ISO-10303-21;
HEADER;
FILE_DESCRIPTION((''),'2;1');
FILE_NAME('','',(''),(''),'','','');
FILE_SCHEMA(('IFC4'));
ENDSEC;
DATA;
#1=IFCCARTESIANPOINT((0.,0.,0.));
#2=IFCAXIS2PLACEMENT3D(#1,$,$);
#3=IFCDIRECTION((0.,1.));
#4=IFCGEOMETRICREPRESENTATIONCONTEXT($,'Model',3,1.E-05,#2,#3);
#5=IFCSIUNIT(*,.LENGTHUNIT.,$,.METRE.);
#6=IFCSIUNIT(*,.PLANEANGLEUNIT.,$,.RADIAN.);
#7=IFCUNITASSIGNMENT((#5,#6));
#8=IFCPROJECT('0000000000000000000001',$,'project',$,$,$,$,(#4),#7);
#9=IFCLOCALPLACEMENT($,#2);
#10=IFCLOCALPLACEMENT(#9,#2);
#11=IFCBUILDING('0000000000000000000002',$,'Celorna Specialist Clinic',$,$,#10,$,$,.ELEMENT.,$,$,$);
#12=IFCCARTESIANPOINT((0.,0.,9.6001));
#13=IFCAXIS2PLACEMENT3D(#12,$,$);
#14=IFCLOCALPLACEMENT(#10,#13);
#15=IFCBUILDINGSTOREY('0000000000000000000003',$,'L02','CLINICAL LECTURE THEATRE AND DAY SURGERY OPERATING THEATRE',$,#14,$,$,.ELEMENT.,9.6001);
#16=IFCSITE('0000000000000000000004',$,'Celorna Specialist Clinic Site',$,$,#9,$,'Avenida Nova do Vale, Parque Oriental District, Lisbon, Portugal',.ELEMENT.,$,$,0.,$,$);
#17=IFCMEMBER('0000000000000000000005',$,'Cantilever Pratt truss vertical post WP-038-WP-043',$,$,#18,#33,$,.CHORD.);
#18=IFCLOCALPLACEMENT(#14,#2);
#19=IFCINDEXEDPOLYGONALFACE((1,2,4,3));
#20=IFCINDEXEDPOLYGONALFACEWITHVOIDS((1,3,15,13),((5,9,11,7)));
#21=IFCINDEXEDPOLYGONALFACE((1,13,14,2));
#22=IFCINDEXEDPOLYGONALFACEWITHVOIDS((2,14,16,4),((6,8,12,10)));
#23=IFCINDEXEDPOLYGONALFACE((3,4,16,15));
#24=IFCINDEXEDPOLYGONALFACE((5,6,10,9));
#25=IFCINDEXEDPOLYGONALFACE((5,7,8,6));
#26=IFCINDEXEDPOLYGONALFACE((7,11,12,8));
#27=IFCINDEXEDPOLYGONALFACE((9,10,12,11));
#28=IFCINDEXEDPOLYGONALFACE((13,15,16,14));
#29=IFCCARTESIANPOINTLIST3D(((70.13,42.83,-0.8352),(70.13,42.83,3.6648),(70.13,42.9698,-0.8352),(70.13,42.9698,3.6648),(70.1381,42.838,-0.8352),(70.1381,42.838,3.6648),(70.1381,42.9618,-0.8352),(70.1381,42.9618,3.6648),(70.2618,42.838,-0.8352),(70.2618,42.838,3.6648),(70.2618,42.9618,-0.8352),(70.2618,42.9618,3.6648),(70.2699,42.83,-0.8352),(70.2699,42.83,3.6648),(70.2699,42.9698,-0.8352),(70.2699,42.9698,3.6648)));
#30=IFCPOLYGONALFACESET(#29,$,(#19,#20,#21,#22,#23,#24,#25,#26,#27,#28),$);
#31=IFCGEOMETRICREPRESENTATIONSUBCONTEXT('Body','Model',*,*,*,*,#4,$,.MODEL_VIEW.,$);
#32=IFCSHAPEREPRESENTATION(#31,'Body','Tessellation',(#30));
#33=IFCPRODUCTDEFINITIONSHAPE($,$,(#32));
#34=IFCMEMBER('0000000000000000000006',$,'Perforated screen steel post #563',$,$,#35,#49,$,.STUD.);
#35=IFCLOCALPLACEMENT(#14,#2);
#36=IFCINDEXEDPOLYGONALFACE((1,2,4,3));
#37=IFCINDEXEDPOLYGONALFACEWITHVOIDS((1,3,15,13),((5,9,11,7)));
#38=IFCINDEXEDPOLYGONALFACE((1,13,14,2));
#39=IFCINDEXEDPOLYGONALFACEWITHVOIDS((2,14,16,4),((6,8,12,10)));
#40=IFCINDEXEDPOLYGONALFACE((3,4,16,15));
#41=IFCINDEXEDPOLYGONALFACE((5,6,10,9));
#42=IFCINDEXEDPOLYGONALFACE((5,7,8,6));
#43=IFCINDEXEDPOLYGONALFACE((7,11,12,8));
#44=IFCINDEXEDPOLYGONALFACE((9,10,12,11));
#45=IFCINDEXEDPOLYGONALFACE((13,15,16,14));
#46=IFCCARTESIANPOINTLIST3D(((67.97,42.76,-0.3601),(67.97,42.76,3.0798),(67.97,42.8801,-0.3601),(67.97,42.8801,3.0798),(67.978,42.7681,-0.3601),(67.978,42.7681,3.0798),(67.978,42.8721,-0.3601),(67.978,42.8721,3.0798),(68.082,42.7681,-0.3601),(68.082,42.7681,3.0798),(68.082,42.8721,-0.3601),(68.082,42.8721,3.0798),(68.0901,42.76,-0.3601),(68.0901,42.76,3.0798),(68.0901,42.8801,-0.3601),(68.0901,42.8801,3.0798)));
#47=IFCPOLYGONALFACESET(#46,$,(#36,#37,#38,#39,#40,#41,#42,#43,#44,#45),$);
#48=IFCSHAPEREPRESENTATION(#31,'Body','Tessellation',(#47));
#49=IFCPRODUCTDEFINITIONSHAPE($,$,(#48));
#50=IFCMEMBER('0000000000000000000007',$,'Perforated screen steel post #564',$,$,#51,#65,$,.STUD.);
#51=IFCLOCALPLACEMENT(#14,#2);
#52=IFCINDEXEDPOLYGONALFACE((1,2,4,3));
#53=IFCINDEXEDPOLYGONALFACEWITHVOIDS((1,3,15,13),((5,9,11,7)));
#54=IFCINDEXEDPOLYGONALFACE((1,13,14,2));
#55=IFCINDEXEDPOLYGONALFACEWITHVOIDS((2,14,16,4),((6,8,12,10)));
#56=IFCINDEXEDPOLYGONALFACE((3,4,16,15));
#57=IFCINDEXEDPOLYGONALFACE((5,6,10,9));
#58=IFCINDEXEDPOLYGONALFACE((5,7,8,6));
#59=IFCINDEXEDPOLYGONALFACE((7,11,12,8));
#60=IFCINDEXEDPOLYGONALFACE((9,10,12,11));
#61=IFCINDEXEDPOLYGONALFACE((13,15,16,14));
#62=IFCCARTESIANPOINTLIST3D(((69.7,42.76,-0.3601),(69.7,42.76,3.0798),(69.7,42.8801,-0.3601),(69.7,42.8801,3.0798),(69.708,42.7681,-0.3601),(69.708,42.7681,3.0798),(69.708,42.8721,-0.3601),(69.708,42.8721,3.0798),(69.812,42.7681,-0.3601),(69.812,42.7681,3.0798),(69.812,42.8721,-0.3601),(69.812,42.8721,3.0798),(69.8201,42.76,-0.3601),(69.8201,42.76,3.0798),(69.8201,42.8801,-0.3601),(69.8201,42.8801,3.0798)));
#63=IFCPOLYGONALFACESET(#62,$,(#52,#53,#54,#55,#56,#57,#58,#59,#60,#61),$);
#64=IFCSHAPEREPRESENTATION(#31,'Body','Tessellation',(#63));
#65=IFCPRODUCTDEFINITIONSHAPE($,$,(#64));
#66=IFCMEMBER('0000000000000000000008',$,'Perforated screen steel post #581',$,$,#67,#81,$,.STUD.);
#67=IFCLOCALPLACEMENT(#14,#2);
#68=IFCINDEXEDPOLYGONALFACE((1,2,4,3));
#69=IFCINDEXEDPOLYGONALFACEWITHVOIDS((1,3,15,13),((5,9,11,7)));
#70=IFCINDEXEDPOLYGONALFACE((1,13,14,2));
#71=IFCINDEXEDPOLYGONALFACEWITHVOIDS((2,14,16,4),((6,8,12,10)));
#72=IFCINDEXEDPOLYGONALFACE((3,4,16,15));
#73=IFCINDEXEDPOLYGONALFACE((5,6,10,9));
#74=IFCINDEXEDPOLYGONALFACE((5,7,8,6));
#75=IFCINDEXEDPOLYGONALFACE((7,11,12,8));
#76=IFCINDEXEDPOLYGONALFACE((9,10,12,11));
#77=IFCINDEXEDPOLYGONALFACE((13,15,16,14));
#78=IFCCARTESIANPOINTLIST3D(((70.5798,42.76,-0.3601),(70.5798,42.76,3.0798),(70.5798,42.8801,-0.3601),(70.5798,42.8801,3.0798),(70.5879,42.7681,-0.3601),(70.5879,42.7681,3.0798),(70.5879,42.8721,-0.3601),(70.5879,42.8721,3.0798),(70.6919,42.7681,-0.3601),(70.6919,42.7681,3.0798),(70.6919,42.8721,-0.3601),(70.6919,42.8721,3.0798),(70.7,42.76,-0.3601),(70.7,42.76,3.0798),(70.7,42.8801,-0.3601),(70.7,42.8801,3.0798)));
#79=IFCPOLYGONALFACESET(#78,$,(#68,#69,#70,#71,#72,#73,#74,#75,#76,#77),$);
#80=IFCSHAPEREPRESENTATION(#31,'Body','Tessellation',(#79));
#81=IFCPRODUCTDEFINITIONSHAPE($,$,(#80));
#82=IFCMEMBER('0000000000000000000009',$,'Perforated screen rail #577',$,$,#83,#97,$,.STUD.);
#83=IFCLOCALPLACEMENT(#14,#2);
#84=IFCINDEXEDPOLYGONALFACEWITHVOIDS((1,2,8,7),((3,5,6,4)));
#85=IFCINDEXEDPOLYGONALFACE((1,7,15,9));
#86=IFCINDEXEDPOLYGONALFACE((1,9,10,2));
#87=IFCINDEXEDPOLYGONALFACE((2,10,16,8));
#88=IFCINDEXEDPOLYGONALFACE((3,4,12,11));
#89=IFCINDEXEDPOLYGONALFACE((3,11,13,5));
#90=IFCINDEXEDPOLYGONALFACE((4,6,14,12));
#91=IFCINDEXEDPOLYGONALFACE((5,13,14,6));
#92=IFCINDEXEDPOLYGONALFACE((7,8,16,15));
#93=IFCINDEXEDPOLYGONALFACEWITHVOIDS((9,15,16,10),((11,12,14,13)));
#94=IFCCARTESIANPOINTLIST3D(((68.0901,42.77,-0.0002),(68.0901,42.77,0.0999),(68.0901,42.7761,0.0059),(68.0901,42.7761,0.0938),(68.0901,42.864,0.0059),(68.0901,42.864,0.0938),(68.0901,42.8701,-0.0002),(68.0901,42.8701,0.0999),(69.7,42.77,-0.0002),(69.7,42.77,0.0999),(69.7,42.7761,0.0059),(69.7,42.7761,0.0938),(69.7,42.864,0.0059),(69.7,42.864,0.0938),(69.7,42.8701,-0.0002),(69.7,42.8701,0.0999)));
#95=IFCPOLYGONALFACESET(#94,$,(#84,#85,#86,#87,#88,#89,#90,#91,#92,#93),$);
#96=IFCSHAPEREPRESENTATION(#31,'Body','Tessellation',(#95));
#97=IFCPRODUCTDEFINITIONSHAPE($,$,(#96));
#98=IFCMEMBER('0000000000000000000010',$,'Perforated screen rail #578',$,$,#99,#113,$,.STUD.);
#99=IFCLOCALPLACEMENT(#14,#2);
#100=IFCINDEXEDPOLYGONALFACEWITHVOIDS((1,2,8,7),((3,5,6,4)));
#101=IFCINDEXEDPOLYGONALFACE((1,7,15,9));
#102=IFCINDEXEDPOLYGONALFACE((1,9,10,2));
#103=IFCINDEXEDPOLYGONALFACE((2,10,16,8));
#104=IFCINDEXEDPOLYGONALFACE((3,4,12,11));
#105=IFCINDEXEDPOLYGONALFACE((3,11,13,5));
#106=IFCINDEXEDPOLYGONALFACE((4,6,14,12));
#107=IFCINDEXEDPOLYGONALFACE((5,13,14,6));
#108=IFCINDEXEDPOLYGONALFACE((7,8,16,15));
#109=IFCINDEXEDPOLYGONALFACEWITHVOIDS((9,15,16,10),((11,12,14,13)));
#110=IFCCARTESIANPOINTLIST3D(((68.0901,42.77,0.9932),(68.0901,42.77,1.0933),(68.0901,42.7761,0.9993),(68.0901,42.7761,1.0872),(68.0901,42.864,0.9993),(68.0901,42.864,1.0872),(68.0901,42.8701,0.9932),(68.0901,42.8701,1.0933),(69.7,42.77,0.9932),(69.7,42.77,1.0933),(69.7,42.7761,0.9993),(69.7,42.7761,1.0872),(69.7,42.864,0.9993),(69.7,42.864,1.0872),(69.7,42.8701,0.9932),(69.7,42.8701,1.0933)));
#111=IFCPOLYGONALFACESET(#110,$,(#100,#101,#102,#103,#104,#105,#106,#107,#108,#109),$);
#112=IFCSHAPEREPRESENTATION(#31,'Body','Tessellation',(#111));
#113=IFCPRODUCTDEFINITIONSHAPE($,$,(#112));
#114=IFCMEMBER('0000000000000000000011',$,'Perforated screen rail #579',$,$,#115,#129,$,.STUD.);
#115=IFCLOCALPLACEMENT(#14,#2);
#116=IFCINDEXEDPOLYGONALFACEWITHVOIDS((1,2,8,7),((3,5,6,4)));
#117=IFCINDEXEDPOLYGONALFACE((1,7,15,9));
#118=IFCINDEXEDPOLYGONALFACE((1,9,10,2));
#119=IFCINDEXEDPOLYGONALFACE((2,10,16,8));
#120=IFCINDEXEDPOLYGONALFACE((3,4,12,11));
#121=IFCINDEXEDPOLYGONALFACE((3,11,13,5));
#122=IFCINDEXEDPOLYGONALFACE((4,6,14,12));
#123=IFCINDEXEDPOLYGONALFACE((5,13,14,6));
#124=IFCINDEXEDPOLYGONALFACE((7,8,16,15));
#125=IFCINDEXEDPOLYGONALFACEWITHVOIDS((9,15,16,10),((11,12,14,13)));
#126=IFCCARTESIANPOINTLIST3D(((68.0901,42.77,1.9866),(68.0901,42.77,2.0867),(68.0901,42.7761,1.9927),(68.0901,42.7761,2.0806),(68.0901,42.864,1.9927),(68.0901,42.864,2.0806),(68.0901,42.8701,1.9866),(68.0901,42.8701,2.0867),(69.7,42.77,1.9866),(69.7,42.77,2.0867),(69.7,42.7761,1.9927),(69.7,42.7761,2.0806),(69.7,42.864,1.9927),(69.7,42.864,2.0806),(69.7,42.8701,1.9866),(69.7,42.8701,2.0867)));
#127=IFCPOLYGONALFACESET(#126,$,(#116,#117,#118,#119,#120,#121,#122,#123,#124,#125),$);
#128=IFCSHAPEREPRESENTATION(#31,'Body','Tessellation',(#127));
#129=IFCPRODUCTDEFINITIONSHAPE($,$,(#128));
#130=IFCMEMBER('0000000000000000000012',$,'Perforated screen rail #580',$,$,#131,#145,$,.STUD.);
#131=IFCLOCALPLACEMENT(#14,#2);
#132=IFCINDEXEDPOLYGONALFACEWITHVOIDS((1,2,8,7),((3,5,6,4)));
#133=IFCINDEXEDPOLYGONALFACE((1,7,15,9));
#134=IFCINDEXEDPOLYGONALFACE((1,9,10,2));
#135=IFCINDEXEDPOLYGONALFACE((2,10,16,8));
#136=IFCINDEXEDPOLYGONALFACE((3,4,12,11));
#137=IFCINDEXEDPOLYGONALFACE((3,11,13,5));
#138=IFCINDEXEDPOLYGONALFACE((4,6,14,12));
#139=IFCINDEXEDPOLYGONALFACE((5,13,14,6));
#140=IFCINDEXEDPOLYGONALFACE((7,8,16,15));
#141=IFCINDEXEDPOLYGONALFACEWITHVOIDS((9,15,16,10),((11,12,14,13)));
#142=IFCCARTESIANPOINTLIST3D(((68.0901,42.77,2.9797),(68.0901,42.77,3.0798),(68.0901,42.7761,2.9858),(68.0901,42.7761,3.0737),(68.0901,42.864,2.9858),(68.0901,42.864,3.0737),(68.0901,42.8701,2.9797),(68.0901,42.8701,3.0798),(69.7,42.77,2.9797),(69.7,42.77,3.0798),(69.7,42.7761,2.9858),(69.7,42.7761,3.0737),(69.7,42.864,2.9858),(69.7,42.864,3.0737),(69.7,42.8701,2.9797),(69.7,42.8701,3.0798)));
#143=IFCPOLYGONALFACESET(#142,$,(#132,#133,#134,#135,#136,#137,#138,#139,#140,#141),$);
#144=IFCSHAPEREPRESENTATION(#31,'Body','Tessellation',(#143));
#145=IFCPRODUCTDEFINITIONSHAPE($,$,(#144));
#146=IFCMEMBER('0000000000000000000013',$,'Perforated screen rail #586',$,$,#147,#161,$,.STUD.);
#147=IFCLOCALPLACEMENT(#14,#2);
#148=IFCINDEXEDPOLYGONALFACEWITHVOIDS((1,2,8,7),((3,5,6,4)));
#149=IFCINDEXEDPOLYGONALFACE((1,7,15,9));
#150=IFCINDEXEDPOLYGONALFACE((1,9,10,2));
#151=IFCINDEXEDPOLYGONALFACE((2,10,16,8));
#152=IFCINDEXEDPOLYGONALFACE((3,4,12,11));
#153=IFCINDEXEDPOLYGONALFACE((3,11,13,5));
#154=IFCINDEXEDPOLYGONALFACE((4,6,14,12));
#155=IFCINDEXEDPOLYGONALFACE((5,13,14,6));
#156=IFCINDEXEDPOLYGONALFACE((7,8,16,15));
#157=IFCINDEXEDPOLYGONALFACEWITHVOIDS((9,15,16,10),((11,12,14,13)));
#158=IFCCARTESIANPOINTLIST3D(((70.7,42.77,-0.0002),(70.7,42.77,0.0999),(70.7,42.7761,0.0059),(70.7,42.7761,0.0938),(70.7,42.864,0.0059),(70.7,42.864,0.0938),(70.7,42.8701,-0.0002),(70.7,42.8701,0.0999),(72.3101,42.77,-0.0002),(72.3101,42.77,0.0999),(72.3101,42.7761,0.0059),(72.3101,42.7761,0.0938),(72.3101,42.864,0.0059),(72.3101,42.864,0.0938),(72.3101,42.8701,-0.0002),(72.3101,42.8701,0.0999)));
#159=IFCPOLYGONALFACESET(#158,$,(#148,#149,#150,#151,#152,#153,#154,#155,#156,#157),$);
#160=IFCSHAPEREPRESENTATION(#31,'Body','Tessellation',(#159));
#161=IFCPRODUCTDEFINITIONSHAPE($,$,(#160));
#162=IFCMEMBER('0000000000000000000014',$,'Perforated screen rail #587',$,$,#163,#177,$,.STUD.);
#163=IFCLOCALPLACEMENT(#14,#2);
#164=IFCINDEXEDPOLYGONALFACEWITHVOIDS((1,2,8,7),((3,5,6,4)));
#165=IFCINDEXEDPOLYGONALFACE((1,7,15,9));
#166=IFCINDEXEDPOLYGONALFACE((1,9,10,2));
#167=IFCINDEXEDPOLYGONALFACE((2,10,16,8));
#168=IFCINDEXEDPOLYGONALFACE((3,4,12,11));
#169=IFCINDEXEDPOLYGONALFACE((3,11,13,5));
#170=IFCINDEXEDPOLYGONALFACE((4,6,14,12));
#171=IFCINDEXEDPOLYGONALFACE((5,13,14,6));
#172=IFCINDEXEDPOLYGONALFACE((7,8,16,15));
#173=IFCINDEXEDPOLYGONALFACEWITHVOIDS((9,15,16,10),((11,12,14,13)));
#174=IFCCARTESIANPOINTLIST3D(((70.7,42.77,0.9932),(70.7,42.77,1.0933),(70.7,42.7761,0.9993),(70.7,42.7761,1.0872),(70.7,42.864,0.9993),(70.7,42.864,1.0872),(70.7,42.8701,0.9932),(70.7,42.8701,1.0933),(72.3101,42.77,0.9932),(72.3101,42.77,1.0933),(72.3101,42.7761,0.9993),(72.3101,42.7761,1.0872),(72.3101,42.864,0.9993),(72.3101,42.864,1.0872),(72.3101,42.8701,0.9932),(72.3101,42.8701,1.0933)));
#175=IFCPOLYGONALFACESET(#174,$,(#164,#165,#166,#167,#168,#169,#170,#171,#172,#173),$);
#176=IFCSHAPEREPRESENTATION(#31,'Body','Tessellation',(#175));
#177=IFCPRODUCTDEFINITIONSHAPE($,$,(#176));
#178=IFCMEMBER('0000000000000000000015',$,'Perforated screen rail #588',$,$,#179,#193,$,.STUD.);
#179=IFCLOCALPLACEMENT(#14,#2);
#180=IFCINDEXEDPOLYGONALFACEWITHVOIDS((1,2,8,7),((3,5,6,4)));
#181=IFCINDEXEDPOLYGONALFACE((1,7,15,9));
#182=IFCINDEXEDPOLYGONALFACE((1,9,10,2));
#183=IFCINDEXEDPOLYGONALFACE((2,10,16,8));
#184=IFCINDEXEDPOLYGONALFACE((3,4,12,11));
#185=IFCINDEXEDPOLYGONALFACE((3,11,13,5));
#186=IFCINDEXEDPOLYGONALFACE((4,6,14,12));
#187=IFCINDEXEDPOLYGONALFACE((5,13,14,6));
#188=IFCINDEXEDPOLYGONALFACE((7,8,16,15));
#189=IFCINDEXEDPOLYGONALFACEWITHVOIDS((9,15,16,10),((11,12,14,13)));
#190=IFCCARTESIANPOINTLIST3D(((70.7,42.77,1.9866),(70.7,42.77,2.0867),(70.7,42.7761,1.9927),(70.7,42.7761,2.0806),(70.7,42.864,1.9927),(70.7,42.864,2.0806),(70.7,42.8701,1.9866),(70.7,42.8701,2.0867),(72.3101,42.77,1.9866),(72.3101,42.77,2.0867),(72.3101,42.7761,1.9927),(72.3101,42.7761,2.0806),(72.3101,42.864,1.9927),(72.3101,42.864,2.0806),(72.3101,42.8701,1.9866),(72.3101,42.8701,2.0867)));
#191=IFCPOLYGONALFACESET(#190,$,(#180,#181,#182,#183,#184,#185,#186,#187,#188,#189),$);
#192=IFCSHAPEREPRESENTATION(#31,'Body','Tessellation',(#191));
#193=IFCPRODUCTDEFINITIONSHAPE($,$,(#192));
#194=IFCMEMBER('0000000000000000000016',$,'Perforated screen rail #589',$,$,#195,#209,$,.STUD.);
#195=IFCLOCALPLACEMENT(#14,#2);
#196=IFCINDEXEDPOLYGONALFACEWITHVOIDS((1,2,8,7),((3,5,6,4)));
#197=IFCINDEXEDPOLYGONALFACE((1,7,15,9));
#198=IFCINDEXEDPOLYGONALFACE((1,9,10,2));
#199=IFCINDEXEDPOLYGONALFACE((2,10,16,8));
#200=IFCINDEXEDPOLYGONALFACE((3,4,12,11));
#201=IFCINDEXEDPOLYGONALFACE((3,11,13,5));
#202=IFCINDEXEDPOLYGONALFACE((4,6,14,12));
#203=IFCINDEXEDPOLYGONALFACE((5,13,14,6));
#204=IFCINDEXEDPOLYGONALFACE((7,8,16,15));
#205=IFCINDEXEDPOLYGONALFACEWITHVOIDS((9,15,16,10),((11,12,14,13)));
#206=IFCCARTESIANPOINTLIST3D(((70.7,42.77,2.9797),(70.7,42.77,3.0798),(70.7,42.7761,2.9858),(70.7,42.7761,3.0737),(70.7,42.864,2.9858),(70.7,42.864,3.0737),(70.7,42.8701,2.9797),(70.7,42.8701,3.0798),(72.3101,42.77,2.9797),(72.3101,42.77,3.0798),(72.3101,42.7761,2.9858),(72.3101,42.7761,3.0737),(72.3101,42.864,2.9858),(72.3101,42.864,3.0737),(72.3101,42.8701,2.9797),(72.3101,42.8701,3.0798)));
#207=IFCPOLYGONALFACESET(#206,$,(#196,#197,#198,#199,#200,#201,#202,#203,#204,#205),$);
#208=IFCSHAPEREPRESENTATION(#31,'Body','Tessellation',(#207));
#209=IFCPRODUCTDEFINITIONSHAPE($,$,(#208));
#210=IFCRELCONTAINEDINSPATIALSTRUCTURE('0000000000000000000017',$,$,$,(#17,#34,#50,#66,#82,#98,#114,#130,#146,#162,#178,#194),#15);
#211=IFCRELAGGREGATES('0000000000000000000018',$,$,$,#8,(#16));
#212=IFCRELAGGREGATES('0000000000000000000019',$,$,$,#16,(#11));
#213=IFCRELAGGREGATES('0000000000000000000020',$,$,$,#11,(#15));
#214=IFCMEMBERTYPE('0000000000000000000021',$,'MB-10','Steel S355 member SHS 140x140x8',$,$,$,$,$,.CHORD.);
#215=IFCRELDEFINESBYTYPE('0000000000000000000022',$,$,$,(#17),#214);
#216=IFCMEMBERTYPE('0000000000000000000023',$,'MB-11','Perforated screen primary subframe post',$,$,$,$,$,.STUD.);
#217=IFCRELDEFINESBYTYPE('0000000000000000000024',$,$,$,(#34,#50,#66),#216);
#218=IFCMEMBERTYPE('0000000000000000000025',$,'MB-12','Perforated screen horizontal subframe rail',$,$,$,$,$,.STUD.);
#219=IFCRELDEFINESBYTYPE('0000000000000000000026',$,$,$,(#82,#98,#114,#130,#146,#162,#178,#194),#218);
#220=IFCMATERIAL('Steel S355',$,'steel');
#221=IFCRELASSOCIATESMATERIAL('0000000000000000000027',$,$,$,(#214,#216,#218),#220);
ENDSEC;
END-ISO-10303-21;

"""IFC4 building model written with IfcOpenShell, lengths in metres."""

from ifc_helpers import new_model, si_unit, direction, frame, origin, origin_2d, place, context, subcontext, project, spatial, hollow_rectangle, extrude, material, material_profile, profile_set, type_object, element, save


model = new_model("IFC4")

# Units and contexts
model_context = context("Model", 3, precision=1e-05, world=origin(), true_north=direction((0.0, 1.0)))
body_context = subcontext(model_context, "Body", "Model", "MODEL_VIEW")
ifc_project = project(units=[si_unit("LENGTHUNIT", "METRE"), si_unit("PLANEANGLEUNIT", "RADIAN")], contexts=[model_context])

# Site, building, storey
site_placement = place(None, origin())
site = spatial("IfcSite", under=ifc_project, at=site_placement, Name="Celorna Specialist Clinic Site", LongName="Avenida Nova do Vale, Parque Oriental District, Lisbon, Portugal", CompositionType="ELEMENT", RefElevation=0.0)
building_placement = place(site_placement, origin())
building = spatial("IfcBuilding", under=site, at=building_placement, Name="Celorna Specialist Clinic", CompositionType="ELEMENT")
storey_placement = place(building_placement, frame((0.0, 0.0, 9.6001)))
storey = spatial("IfcBuildingStorey", under=building, at=storey_placement, Name="L02", Description="CLINICAL LECTURE THEATRE AND DAY SURGERY OPERATING THEATRE", CompositionType="ELEMENT", Elevation=9.6001)

# Shared definitions
ifc_material_1 = material(Name="Steel S355", Category="steel")

# Members
ifc_material_profile_1 = material_profile(ifc_material_1, hollow_rectangle(XDim=0.1399, YDim=0.1399, WallThickness=0.0081, at=origin_2d()), Name="SHS 140x140x8")
ifc_profile_set_1 = profile_set([ifc_material_profile_1], Name="Steel S355")
member_type_1 = type_object("IfcMemberType", Name="MB-10", Description="Steel S355 member SHS 140x140x8", PredefinedType="CHORD", material=ifc_profile_set_1)
member_1_placement = place(storey_placement, frame((70.2, 42.8999, -0.8352), z_axis=(0.0, 0.0, 1.0), x_axis=(1.0, 0.0, 0.0)))
element("IfcMember", 1, at=member_1_placement, inside=storey, type_object=member_type_1, Name="Cantilever Pratt truss vertical post WP-038-WP-043", PredefinedType="CHORD", context=body_context, shape_type="SweptSolid", body=[
    extrude(hollow_rectangle(XDim=0.1399, YDim=0.1399, WallThickness=0.0081, at=origin_2d()), origin(), (0.0, 0.0, 1.0), 4.5),
])
ifc_material_profile_2 = material_profile(ifc_material_1, hollow_rectangle(XDim=0.1201, YDim=0.1201, WallThickness=0.0081, at=origin_2d()), Name="SHS 120x120x8")
ifc_profile_set_2 = profile_set([ifc_material_profile_2], Name="Steel S355")
member_type_2 = type_object("IfcMemberType", Name="MB-11", Description="Perforated screen primary subframe post", PredefinedType="STUD", material=ifc_profile_set_2)
for number, where, z_axis, x_axis, name in (
    (2, (68.03, 42.8201, -0.3601), (0.0, 0.0, 1.0), (1.0, 0.0, 0.0), "Perforated screen steel post #563"),
    (3, (69.76, 42.8201, -0.3601), (0.0, 0.0, 1.0), (1.0, 0.0, 0.0), "Perforated screen steel post #564"),
    (4, (70.6399, 42.8201, -0.3601), (0.0, 0.0, 1.0), (1.0, 0.0, 0.0), "Perforated screen steel post #581"),
):
    element("IfcMember", number, at=place(storey_placement, frame(where, z_axis=z_axis, x_axis=x_axis)), inside=storey, type_object=member_type_2, Name=name, PredefinedType="STUD", context=body_context, shape_type="SweptSolid", body=[
        extrude(hollow_rectangle(XDim=0.1201, YDim=0.1201, WallThickness=0.0081, at=origin_2d()), origin(), (0.0, 0.0, 1.0), 3.4399),
    ])
ifc_material_profile_3 = material_profile(ifc_material_1, hollow_rectangle(XDim=0.1001, YDim=0.1001, WallThickness=0.0061, at=origin_2d()), Name="SHS 100x100x6")
ifc_profile_set_3 = profile_set([ifc_material_profile_3], Name="Steel S355")
member_type_3 = type_object("IfcMemberType", Name="MB-12", Description="Perforated screen horizontal subframe rail", PredefinedType="STUD", material=ifc_profile_set_3)
for number, where, z_axis, x_axis, name in (
    (5, (68.0901, 42.8201, 0.0498), (1.0, 0.0, 0.0), (0.0, 1.0, 0.0), "Perforated screen rail #577"),
    (6, (68.0901, 42.8201, 1.0432), (1.0, 0.0, 0.0), (0.0, 1.0, 0.0), "Perforated screen rail #578"),
    (7, (68.0901, 42.8201, 2.0366), (1.0, 0.0, 0.0), (0.0, 1.0, 0.0), "Perforated screen rail #579"),
    (8, (68.0901, 42.8201, 3.0298), (1.0, 0.0, 0.0), (0.0, 1.0, 0.0), "Perforated screen rail #580"),
):
    element("IfcMember", number, at=place(storey_placement, frame(where, z_axis=z_axis, x_axis=x_axis)), inside=storey, type_object=member_type_3, Name=name, PredefinedType="STUD", context=body_context, shape_type="SweptSolid", body=[
        extrude(hollow_rectangle(XDim=0.1001, YDim=0.1001, WallThickness=0.0061, at=origin_2d()), origin(), (0.0, 0.0, 1.0), 1.6099),
    ])
for number, where, z_axis, x_axis, name in (
    (9, (70.7, 42.8201, 0.0498), (1.0, 0.0, 0.0), (0.0, 1.0, 0.0), "Perforated screen rail #586"),
    (10, (70.7, 42.8201, 1.0432), (1.0, 0.0, 0.0), (0.0, 1.0, 0.0), "Perforated screen rail #587"),
    (11, (70.7, 42.8201, 2.0366), (1.0, 0.0, 0.0), (0.0, 1.0, 0.0), "Perforated screen rail #588"),
    (12, (70.7, 42.8201, 3.0298), (1.0, 0.0, 0.0), (0.0, 1.0, 0.0), "Perforated screen rail #589"),
):
    element("IfcMember", number, at=place(storey_placement, frame(where, z_axis=z_axis, x_axis=x_axis)), inside=storey, type_object=member_type_3, Name=name, PredefinedType="STUD", context=body_context, shape_type="SweptSolid", body=[
        extrude(hollow_rectangle(XDim=0.1001, YDim=0.1001, WallThickness=0.0061, at=origin_2d()), origin(), (0.0, 0.0, 1.0), 1.6101),
    ])

save(model, "model.ifc")
